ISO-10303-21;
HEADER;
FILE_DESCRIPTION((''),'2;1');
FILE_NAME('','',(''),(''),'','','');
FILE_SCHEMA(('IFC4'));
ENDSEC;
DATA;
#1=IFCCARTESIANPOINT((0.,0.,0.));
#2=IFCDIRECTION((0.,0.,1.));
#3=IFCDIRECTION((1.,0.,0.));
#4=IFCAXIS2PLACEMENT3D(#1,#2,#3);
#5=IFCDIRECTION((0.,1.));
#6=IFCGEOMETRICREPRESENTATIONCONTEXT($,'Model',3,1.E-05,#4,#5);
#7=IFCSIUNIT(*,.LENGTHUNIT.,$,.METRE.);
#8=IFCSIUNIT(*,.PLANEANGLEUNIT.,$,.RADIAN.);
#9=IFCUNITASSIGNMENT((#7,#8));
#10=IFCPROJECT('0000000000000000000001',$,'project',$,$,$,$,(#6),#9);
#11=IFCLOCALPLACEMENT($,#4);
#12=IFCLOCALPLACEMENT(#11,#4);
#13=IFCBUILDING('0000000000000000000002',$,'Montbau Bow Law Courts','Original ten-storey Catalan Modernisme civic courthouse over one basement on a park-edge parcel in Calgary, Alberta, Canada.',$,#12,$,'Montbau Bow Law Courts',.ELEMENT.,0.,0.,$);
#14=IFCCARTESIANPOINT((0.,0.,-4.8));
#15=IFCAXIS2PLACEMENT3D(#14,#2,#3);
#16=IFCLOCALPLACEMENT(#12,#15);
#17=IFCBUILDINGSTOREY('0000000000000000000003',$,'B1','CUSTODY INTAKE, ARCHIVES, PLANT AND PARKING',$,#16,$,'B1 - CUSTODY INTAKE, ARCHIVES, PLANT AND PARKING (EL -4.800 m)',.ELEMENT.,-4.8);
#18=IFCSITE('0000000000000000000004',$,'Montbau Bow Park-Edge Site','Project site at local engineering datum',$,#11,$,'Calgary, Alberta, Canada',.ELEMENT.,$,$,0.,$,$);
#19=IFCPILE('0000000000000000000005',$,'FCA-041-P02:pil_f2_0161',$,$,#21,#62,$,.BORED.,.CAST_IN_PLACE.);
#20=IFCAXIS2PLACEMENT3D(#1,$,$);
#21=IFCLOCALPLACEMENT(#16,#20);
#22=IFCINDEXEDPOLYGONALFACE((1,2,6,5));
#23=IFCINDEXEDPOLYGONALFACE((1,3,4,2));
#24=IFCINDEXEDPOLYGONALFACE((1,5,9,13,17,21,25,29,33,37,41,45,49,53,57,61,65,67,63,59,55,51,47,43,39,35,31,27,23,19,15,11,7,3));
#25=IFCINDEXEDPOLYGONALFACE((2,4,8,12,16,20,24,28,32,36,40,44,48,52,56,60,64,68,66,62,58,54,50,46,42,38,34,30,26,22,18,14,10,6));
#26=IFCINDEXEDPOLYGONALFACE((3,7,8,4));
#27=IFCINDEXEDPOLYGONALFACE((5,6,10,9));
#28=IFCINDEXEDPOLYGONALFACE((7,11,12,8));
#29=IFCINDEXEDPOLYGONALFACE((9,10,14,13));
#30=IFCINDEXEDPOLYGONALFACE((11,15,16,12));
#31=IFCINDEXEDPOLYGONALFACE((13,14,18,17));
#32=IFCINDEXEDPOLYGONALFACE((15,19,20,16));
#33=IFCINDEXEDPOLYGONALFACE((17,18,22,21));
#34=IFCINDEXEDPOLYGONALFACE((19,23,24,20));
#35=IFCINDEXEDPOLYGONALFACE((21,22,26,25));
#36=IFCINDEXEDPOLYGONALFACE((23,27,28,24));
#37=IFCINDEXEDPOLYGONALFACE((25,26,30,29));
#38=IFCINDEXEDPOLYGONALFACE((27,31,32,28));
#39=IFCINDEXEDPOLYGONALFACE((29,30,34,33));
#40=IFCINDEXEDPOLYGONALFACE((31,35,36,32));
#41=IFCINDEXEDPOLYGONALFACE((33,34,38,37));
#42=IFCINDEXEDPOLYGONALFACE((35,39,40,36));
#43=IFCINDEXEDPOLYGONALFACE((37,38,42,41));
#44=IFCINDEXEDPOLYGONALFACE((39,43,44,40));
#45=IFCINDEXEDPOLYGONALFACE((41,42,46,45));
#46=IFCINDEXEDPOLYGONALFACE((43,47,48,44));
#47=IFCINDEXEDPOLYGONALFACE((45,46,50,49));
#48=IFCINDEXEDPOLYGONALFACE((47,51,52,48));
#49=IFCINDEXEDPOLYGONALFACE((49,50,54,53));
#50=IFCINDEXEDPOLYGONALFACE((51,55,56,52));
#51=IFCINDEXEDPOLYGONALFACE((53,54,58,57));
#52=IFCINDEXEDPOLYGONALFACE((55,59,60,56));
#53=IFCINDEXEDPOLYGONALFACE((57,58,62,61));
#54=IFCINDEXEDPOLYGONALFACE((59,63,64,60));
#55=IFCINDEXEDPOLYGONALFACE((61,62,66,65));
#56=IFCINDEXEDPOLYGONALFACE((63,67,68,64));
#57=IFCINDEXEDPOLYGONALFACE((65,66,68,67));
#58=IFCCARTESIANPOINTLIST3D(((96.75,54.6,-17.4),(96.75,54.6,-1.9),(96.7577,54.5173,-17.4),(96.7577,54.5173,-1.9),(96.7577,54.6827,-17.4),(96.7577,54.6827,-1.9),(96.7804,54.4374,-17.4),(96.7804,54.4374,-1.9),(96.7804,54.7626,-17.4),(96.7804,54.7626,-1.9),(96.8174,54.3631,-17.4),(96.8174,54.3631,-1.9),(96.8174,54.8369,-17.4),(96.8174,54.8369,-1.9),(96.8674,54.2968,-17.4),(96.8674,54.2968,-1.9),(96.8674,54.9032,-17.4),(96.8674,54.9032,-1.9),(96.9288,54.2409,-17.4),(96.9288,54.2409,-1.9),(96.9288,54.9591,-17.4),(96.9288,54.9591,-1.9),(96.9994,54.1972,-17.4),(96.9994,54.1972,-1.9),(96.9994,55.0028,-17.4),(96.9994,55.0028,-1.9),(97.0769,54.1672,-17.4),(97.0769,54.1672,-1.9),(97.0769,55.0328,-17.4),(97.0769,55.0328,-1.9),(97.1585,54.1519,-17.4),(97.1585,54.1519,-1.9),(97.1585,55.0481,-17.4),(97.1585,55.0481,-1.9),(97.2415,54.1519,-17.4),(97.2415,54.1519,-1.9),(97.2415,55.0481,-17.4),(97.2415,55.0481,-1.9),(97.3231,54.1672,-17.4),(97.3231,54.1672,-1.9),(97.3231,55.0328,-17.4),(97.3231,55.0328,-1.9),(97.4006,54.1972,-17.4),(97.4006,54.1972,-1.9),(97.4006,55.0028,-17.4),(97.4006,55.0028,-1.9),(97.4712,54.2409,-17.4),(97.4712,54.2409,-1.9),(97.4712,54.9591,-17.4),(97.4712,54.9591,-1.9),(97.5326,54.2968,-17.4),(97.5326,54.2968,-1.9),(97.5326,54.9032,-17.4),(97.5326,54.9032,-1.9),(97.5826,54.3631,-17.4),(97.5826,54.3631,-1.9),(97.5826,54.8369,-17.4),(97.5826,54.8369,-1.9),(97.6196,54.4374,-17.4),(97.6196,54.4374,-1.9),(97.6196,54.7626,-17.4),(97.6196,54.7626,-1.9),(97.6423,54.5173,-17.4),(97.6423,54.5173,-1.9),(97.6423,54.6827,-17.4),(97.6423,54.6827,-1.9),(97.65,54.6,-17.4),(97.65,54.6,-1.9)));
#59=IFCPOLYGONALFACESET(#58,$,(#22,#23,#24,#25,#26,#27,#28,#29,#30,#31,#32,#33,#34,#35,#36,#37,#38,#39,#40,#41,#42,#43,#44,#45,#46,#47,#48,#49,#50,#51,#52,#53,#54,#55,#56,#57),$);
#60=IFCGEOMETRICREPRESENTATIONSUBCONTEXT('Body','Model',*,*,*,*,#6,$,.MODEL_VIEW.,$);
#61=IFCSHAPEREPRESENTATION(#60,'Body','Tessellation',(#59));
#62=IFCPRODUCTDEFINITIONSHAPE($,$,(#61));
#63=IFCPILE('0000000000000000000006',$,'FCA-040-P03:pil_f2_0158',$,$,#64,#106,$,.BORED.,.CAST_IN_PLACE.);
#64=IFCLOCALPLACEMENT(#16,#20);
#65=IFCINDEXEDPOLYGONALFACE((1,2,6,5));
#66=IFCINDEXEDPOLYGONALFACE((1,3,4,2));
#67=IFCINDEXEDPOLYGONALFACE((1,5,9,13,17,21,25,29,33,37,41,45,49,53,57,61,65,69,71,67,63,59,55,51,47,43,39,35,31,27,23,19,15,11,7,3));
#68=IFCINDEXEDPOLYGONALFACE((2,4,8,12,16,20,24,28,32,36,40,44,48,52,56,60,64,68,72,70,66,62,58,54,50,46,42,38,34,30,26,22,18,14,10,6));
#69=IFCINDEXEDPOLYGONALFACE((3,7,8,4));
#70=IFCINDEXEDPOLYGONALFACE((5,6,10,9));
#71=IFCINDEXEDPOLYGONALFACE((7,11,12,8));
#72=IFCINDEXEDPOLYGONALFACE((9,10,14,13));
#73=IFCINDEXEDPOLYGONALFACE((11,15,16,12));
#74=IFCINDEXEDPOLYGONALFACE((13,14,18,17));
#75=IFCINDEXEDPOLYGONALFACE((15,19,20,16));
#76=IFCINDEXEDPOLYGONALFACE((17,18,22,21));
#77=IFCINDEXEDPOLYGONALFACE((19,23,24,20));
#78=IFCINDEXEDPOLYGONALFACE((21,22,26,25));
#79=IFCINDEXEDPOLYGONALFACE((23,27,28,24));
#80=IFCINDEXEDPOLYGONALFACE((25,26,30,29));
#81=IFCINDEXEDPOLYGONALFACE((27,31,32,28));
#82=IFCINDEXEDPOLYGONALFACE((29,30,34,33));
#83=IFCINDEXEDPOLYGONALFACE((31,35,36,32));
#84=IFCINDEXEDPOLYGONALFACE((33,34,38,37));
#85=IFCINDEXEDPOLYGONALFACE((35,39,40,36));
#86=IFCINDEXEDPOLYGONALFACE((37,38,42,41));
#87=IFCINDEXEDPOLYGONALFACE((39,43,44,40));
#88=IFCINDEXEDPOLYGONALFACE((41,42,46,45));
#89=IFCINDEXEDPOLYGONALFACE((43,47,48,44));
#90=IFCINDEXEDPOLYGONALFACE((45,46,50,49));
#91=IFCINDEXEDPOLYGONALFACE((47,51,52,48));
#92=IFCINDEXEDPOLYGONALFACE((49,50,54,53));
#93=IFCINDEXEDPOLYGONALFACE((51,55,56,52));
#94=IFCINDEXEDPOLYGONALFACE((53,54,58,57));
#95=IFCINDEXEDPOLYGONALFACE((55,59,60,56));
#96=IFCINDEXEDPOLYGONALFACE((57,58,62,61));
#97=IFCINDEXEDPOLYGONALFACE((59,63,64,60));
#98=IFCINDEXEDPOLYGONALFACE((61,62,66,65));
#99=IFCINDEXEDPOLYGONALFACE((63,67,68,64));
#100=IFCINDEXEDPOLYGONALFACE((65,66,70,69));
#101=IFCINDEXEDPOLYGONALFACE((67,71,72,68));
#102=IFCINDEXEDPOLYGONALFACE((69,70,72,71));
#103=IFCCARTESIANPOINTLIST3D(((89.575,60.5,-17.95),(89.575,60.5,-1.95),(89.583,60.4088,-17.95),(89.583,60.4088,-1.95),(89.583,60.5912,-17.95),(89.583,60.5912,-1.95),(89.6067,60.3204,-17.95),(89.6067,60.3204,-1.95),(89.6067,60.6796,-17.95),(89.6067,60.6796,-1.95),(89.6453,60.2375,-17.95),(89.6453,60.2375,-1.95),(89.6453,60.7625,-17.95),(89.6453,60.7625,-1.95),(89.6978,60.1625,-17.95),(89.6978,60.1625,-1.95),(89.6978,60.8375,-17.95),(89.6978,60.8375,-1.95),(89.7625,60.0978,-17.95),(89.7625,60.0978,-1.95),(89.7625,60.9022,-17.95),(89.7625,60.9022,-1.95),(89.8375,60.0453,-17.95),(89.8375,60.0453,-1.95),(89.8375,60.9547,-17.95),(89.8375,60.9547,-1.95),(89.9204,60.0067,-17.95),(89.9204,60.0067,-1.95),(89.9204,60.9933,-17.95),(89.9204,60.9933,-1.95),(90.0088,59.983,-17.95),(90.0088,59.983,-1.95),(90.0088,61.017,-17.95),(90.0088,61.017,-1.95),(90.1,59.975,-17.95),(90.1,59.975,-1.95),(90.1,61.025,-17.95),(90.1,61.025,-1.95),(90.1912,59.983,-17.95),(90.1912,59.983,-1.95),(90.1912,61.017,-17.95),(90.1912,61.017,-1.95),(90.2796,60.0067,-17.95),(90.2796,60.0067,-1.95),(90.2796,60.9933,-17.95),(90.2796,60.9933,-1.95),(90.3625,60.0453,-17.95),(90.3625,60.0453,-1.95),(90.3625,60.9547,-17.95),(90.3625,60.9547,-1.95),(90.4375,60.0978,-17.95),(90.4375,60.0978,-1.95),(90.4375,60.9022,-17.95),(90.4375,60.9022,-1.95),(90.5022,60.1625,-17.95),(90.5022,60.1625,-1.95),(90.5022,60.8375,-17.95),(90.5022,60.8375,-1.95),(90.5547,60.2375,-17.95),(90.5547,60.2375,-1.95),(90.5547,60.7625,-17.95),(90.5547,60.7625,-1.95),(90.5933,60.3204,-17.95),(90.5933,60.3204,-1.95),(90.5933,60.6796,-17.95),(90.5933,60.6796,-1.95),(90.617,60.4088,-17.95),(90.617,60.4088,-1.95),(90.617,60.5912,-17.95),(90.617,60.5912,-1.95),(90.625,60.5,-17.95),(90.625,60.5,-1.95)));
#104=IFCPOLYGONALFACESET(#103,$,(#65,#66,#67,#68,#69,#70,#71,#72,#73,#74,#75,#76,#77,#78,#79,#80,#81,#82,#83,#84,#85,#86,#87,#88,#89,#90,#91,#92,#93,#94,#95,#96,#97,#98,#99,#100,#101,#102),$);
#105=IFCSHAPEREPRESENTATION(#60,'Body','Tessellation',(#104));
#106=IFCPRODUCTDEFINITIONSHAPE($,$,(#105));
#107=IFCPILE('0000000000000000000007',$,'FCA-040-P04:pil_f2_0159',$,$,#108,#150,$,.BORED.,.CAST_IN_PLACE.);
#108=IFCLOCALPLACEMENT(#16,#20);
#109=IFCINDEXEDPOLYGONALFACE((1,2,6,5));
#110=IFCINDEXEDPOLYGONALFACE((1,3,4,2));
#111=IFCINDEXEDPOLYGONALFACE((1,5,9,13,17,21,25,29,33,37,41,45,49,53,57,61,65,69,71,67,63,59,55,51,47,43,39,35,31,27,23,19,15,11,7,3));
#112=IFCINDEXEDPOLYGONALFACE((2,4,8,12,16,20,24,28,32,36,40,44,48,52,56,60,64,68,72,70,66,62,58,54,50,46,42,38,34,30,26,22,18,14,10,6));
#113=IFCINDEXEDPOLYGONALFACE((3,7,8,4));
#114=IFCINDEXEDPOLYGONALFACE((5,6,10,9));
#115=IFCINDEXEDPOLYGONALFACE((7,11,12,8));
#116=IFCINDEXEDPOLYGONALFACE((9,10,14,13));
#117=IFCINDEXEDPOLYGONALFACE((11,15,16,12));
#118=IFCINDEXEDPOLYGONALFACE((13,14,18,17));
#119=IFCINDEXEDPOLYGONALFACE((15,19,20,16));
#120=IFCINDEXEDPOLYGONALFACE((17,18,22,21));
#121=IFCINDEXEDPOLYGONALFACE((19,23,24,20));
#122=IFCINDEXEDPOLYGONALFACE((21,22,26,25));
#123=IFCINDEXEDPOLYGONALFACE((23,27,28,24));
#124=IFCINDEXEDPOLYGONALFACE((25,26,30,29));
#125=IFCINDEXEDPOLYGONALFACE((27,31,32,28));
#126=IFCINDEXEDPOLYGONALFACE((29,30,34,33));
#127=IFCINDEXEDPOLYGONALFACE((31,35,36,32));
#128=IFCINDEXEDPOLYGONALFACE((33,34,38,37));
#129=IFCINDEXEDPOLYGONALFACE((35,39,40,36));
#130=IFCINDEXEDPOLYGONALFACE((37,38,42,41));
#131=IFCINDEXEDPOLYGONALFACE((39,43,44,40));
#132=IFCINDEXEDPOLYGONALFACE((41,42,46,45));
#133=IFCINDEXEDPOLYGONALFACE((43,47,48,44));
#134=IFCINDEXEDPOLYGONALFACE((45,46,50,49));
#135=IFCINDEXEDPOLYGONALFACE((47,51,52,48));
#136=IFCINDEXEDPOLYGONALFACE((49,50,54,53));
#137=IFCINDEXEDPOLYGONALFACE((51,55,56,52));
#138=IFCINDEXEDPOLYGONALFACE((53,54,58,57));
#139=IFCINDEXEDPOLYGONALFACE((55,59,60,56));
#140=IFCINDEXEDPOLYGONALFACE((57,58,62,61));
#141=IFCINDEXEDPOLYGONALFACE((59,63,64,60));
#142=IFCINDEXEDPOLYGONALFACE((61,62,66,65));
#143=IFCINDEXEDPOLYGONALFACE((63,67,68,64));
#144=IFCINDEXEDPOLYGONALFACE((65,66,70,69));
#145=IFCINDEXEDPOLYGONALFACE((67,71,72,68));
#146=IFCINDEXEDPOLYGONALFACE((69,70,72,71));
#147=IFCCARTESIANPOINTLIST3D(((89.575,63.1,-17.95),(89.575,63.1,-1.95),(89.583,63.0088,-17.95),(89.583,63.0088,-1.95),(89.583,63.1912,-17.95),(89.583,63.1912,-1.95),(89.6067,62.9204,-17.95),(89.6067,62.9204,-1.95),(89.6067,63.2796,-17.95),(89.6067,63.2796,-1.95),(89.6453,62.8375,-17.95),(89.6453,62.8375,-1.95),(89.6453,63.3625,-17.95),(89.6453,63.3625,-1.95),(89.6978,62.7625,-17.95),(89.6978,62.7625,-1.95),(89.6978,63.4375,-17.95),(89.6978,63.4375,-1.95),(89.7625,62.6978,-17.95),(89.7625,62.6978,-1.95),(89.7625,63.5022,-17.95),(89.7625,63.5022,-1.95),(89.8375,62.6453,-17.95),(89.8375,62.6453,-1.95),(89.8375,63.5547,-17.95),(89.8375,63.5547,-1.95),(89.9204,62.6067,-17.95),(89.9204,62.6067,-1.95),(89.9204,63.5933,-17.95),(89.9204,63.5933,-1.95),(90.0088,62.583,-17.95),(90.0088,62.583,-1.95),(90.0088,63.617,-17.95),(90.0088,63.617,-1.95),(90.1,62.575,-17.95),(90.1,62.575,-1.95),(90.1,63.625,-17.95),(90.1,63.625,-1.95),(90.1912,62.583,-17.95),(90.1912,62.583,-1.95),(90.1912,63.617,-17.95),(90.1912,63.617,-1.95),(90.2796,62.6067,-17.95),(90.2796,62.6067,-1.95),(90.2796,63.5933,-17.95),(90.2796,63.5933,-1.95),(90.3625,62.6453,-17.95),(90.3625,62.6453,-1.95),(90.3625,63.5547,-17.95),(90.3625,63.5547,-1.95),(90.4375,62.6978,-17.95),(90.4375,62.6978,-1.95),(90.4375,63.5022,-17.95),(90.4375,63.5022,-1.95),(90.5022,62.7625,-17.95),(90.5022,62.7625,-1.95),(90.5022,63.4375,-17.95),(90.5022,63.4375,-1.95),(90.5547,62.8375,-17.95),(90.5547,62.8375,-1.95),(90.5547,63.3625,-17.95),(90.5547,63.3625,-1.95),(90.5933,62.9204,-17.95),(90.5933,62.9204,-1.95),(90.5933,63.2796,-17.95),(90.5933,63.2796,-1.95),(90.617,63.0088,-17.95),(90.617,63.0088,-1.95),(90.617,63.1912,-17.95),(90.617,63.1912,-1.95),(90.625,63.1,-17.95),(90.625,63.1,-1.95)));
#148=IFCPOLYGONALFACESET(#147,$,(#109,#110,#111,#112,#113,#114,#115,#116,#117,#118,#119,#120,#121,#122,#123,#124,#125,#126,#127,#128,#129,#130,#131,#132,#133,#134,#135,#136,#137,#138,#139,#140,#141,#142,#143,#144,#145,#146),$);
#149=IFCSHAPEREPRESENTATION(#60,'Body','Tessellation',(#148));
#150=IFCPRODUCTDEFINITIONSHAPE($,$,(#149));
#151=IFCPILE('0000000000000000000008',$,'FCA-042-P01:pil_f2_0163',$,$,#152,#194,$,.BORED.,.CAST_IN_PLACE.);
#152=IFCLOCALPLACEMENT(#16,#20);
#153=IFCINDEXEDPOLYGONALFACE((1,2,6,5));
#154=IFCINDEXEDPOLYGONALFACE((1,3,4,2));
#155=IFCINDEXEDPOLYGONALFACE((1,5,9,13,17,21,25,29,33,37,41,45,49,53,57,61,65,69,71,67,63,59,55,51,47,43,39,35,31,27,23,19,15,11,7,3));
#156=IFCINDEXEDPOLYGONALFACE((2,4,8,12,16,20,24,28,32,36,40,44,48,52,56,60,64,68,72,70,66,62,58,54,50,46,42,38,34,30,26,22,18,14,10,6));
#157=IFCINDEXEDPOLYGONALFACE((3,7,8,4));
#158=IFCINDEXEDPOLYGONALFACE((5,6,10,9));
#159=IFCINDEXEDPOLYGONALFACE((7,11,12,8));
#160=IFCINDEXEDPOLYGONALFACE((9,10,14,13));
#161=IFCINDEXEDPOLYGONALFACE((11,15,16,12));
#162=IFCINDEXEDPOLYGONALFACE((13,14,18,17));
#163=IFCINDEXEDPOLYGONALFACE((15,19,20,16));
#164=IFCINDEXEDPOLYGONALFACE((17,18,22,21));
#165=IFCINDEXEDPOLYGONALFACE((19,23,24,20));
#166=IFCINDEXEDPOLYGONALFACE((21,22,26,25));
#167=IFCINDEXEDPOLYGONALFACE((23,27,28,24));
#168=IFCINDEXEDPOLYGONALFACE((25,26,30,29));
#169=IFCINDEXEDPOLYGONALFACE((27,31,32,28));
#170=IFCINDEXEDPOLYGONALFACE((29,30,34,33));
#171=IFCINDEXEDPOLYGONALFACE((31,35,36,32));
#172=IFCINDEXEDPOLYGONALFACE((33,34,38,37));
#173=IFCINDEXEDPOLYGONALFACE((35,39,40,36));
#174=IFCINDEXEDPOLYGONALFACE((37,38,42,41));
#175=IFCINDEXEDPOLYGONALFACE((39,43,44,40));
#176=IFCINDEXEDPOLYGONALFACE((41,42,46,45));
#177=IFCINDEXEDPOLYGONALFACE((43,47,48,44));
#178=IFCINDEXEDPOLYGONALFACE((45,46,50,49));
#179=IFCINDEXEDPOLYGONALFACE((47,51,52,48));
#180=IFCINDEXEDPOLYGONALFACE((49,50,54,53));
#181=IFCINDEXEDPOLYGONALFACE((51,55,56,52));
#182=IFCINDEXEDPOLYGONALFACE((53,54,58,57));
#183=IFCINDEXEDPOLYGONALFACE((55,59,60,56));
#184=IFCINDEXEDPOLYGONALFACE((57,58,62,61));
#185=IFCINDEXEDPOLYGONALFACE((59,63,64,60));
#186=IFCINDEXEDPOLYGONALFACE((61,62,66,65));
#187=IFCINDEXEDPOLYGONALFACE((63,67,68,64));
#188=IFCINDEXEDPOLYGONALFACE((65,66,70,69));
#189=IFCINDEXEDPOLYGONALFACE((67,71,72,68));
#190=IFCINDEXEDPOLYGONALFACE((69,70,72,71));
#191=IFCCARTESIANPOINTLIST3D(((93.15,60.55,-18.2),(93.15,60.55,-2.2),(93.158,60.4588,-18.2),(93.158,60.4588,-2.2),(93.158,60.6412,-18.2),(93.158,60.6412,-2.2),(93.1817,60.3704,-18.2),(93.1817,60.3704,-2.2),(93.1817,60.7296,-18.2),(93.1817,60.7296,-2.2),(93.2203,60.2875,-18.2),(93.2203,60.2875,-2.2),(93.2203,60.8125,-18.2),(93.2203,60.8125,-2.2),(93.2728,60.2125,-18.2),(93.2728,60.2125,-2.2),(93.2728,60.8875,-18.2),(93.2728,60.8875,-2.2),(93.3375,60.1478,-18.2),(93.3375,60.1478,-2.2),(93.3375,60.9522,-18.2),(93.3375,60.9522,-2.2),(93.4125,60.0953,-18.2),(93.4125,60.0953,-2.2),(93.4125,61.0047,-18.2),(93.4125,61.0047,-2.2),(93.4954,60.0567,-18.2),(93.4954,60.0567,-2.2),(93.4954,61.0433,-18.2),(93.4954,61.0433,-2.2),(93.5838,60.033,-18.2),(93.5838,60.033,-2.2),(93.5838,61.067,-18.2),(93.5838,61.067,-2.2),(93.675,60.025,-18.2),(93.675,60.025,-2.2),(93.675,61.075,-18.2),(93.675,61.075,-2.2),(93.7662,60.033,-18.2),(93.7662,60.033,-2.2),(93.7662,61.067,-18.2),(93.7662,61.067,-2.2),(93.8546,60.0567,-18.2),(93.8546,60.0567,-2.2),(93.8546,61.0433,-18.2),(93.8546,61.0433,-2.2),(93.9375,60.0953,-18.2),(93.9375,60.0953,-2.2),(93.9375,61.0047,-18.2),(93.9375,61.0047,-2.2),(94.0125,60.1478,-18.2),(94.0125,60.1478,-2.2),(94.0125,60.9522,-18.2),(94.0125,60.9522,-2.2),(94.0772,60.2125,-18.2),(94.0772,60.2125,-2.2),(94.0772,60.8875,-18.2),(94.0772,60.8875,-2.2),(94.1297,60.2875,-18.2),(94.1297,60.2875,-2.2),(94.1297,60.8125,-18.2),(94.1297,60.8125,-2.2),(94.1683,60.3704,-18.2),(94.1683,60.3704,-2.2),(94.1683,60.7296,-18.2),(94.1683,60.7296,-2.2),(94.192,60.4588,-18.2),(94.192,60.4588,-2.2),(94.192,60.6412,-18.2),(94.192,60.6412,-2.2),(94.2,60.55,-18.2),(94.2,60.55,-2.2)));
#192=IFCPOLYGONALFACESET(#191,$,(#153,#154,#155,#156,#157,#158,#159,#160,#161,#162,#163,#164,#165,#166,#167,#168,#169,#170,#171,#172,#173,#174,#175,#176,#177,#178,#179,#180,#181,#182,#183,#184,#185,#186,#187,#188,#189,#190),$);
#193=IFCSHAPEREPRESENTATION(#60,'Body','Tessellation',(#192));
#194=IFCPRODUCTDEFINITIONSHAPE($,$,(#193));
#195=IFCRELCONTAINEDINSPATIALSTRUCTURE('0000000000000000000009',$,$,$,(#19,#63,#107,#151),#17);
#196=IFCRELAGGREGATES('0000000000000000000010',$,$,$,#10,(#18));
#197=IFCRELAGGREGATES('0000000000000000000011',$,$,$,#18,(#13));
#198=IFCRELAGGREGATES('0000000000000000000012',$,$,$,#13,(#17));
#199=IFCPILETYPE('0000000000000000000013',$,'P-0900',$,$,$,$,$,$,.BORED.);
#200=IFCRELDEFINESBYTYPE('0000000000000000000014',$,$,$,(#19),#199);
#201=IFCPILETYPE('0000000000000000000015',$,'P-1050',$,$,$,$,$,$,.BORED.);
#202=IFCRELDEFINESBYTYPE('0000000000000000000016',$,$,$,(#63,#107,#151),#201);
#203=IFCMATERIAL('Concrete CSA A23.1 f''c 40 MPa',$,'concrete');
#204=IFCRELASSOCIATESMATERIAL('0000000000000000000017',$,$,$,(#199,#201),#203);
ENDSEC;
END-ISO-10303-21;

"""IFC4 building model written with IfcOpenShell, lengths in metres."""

from ifc_helpers import new_model, si_unit, direction, frame, origin_with_axes, origin_2d_with_axis, place, context, subcontext, project, spatial, circle, extrude, material, material_profile, profile_set, type_object, element, save


model = new_model("IFC4")

# Units and contexts
model_context = context("Model", 3, precision=1e-05, world=origin_with_axes(), true_north=direction((0.0, 1.0)))
body_context = subcontext(model_context, "Body", "Model", "MODEL_VIEW")
ifc_project = project(units=[si_unit("LENGTHUNIT", "METRE"), si_unit("PLANEANGLEUNIT", "RADIAN")], contexts=[model_context])

# Site, building, storey
site_placement = place(None, origin_with_axes())
site = spatial("IfcSite", under=ifc_project, at=site_placement, Name="Montbau Bow Park-Edge Site", Description="Project site at local engineering datum", LongName="Calgary, Alberta, Canada", CompositionType="ELEMENT", RefElevation=0.0)
building_placement = place(site_placement, origin_with_axes())
building = spatial("IfcBuilding", under=site, at=building_placement, Name="Montbau Bow Law Courts", Description="Original ten-storey Catalan Modernisme civic courthouse over one basement on a park-edge parcel in Calgary, Alberta, Canada.", LongName="Montbau Bow Law Courts", CompositionType="ELEMENT", ElevationOfRefHeight=0.0, ElevationOfTerrain=0.0)
storey_placement = place(building_placement, frame((0.0, 0.0, -4.8), z_axis=(0.0, 0.0, 1.0), x_axis=(1.0, 0.0, 0.0)))
storey = spatial("IfcBuildingStorey", under=building, at=storey_placement, Name="B1", Description="CUSTODY INTAKE, ARCHIVES, PLANT AND PARKING", LongName="B1 - CUSTODY INTAKE, ARCHIVES, PLANT AND PARKING (EL -4.800 m)", CompositionType="ELEMENT", Elevation=-4.8)

# Piles
ifc_material_1 = material(Name="Concrete CSA A23.1 f'c 40 MPa", Category="concrete")
ifc_material_profile_1 = material_profile(ifc_material_1, circle(Radius=0.45, at=origin_2d_with_axis()), Name="BP900", Category="Main", Priority=0)
ifc_profile_set_1 = profile_set([ifc_material_profile_1], Name="Concrete CSA A23.1 f'c 40 MPa")
pile_type_1 = type_object("IfcPileType", Name="P-0900", PredefinedType="BORED", material=ifc_profile_set_1)
for number, where, z_axis, x_axis, name in (
    (1, (97.2, 54.6, -22.2), (0.0, 0.0, 1.0), (1.0, 0.0, 0.0), "FCA-041-P02:pil_f2_0161"),
):
    element("IfcPile", number, at=place(None, frame(where, z_axis=z_axis, x_axis=x_axis)), inside=storey, type_object=pile_type_1, Name=name, ConstructionType="CAST_IN_PLACE", PredefinedType="BORED", context=body_context, shape_type="SweptSolid", body=[
        extrude(circle(Radius=0.45, at=origin_2d_with_axis()), origin_with_axes(), (0.0, 0.0, 1.0), 15.5),
    ])
ifc_material_profile_2 = material_profile(ifc_material_1, circle(Radius=0.525, at=origin_2d_with_axis()), Name="BP1050", Category="Main", Priority=0)
ifc_profile_set_2 = profile_set([ifc_material_profile_2], Name="Concrete CSA A23.1 f'c 40 MPa")
pile_type_2 = type_object("IfcPileType", Name="P-1050", PredefinedType="BORED", material=ifc_profile_set_2)
for number, where, z_axis, x_axis, name in (
    (2, (90.1, 60.5, -22.75), (0.0, 0.0, 1.0), (1.0, 0.0, 0.0), "FCA-040-P03:pil_f2_0158"),
    (3, (90.1, 63.1, -22.75), (0.0, 0.0, 1.0), (1.0, 0.0, 0.0), "FCA-040-P04:pil_f2_0159"),
    (4, (93.675, 60.55, -23.0), (0.0, 0.0, 1.0), (1.0, 0.0, 0.0), "FCA-042-P01:pil_f2_0163"),
):
    element("IfcPile", number, at=place(None, frame(where, z_axis=z_axis, x_axis=x_axis)), inside=storey, type_object=pile_type_2, Name=name, ConstructionType="CAST_IN_PLACE", PredefinedType="BORED", context=body_context, shape_type="SweptSolid", body=[
        extrude(circle(Radius=0.525, at=origin_2d_with_axis()), origin_with_axes(), (0.0, 0.0, 1.0), 16.0),
    ])

save(model, "model.ifc")
